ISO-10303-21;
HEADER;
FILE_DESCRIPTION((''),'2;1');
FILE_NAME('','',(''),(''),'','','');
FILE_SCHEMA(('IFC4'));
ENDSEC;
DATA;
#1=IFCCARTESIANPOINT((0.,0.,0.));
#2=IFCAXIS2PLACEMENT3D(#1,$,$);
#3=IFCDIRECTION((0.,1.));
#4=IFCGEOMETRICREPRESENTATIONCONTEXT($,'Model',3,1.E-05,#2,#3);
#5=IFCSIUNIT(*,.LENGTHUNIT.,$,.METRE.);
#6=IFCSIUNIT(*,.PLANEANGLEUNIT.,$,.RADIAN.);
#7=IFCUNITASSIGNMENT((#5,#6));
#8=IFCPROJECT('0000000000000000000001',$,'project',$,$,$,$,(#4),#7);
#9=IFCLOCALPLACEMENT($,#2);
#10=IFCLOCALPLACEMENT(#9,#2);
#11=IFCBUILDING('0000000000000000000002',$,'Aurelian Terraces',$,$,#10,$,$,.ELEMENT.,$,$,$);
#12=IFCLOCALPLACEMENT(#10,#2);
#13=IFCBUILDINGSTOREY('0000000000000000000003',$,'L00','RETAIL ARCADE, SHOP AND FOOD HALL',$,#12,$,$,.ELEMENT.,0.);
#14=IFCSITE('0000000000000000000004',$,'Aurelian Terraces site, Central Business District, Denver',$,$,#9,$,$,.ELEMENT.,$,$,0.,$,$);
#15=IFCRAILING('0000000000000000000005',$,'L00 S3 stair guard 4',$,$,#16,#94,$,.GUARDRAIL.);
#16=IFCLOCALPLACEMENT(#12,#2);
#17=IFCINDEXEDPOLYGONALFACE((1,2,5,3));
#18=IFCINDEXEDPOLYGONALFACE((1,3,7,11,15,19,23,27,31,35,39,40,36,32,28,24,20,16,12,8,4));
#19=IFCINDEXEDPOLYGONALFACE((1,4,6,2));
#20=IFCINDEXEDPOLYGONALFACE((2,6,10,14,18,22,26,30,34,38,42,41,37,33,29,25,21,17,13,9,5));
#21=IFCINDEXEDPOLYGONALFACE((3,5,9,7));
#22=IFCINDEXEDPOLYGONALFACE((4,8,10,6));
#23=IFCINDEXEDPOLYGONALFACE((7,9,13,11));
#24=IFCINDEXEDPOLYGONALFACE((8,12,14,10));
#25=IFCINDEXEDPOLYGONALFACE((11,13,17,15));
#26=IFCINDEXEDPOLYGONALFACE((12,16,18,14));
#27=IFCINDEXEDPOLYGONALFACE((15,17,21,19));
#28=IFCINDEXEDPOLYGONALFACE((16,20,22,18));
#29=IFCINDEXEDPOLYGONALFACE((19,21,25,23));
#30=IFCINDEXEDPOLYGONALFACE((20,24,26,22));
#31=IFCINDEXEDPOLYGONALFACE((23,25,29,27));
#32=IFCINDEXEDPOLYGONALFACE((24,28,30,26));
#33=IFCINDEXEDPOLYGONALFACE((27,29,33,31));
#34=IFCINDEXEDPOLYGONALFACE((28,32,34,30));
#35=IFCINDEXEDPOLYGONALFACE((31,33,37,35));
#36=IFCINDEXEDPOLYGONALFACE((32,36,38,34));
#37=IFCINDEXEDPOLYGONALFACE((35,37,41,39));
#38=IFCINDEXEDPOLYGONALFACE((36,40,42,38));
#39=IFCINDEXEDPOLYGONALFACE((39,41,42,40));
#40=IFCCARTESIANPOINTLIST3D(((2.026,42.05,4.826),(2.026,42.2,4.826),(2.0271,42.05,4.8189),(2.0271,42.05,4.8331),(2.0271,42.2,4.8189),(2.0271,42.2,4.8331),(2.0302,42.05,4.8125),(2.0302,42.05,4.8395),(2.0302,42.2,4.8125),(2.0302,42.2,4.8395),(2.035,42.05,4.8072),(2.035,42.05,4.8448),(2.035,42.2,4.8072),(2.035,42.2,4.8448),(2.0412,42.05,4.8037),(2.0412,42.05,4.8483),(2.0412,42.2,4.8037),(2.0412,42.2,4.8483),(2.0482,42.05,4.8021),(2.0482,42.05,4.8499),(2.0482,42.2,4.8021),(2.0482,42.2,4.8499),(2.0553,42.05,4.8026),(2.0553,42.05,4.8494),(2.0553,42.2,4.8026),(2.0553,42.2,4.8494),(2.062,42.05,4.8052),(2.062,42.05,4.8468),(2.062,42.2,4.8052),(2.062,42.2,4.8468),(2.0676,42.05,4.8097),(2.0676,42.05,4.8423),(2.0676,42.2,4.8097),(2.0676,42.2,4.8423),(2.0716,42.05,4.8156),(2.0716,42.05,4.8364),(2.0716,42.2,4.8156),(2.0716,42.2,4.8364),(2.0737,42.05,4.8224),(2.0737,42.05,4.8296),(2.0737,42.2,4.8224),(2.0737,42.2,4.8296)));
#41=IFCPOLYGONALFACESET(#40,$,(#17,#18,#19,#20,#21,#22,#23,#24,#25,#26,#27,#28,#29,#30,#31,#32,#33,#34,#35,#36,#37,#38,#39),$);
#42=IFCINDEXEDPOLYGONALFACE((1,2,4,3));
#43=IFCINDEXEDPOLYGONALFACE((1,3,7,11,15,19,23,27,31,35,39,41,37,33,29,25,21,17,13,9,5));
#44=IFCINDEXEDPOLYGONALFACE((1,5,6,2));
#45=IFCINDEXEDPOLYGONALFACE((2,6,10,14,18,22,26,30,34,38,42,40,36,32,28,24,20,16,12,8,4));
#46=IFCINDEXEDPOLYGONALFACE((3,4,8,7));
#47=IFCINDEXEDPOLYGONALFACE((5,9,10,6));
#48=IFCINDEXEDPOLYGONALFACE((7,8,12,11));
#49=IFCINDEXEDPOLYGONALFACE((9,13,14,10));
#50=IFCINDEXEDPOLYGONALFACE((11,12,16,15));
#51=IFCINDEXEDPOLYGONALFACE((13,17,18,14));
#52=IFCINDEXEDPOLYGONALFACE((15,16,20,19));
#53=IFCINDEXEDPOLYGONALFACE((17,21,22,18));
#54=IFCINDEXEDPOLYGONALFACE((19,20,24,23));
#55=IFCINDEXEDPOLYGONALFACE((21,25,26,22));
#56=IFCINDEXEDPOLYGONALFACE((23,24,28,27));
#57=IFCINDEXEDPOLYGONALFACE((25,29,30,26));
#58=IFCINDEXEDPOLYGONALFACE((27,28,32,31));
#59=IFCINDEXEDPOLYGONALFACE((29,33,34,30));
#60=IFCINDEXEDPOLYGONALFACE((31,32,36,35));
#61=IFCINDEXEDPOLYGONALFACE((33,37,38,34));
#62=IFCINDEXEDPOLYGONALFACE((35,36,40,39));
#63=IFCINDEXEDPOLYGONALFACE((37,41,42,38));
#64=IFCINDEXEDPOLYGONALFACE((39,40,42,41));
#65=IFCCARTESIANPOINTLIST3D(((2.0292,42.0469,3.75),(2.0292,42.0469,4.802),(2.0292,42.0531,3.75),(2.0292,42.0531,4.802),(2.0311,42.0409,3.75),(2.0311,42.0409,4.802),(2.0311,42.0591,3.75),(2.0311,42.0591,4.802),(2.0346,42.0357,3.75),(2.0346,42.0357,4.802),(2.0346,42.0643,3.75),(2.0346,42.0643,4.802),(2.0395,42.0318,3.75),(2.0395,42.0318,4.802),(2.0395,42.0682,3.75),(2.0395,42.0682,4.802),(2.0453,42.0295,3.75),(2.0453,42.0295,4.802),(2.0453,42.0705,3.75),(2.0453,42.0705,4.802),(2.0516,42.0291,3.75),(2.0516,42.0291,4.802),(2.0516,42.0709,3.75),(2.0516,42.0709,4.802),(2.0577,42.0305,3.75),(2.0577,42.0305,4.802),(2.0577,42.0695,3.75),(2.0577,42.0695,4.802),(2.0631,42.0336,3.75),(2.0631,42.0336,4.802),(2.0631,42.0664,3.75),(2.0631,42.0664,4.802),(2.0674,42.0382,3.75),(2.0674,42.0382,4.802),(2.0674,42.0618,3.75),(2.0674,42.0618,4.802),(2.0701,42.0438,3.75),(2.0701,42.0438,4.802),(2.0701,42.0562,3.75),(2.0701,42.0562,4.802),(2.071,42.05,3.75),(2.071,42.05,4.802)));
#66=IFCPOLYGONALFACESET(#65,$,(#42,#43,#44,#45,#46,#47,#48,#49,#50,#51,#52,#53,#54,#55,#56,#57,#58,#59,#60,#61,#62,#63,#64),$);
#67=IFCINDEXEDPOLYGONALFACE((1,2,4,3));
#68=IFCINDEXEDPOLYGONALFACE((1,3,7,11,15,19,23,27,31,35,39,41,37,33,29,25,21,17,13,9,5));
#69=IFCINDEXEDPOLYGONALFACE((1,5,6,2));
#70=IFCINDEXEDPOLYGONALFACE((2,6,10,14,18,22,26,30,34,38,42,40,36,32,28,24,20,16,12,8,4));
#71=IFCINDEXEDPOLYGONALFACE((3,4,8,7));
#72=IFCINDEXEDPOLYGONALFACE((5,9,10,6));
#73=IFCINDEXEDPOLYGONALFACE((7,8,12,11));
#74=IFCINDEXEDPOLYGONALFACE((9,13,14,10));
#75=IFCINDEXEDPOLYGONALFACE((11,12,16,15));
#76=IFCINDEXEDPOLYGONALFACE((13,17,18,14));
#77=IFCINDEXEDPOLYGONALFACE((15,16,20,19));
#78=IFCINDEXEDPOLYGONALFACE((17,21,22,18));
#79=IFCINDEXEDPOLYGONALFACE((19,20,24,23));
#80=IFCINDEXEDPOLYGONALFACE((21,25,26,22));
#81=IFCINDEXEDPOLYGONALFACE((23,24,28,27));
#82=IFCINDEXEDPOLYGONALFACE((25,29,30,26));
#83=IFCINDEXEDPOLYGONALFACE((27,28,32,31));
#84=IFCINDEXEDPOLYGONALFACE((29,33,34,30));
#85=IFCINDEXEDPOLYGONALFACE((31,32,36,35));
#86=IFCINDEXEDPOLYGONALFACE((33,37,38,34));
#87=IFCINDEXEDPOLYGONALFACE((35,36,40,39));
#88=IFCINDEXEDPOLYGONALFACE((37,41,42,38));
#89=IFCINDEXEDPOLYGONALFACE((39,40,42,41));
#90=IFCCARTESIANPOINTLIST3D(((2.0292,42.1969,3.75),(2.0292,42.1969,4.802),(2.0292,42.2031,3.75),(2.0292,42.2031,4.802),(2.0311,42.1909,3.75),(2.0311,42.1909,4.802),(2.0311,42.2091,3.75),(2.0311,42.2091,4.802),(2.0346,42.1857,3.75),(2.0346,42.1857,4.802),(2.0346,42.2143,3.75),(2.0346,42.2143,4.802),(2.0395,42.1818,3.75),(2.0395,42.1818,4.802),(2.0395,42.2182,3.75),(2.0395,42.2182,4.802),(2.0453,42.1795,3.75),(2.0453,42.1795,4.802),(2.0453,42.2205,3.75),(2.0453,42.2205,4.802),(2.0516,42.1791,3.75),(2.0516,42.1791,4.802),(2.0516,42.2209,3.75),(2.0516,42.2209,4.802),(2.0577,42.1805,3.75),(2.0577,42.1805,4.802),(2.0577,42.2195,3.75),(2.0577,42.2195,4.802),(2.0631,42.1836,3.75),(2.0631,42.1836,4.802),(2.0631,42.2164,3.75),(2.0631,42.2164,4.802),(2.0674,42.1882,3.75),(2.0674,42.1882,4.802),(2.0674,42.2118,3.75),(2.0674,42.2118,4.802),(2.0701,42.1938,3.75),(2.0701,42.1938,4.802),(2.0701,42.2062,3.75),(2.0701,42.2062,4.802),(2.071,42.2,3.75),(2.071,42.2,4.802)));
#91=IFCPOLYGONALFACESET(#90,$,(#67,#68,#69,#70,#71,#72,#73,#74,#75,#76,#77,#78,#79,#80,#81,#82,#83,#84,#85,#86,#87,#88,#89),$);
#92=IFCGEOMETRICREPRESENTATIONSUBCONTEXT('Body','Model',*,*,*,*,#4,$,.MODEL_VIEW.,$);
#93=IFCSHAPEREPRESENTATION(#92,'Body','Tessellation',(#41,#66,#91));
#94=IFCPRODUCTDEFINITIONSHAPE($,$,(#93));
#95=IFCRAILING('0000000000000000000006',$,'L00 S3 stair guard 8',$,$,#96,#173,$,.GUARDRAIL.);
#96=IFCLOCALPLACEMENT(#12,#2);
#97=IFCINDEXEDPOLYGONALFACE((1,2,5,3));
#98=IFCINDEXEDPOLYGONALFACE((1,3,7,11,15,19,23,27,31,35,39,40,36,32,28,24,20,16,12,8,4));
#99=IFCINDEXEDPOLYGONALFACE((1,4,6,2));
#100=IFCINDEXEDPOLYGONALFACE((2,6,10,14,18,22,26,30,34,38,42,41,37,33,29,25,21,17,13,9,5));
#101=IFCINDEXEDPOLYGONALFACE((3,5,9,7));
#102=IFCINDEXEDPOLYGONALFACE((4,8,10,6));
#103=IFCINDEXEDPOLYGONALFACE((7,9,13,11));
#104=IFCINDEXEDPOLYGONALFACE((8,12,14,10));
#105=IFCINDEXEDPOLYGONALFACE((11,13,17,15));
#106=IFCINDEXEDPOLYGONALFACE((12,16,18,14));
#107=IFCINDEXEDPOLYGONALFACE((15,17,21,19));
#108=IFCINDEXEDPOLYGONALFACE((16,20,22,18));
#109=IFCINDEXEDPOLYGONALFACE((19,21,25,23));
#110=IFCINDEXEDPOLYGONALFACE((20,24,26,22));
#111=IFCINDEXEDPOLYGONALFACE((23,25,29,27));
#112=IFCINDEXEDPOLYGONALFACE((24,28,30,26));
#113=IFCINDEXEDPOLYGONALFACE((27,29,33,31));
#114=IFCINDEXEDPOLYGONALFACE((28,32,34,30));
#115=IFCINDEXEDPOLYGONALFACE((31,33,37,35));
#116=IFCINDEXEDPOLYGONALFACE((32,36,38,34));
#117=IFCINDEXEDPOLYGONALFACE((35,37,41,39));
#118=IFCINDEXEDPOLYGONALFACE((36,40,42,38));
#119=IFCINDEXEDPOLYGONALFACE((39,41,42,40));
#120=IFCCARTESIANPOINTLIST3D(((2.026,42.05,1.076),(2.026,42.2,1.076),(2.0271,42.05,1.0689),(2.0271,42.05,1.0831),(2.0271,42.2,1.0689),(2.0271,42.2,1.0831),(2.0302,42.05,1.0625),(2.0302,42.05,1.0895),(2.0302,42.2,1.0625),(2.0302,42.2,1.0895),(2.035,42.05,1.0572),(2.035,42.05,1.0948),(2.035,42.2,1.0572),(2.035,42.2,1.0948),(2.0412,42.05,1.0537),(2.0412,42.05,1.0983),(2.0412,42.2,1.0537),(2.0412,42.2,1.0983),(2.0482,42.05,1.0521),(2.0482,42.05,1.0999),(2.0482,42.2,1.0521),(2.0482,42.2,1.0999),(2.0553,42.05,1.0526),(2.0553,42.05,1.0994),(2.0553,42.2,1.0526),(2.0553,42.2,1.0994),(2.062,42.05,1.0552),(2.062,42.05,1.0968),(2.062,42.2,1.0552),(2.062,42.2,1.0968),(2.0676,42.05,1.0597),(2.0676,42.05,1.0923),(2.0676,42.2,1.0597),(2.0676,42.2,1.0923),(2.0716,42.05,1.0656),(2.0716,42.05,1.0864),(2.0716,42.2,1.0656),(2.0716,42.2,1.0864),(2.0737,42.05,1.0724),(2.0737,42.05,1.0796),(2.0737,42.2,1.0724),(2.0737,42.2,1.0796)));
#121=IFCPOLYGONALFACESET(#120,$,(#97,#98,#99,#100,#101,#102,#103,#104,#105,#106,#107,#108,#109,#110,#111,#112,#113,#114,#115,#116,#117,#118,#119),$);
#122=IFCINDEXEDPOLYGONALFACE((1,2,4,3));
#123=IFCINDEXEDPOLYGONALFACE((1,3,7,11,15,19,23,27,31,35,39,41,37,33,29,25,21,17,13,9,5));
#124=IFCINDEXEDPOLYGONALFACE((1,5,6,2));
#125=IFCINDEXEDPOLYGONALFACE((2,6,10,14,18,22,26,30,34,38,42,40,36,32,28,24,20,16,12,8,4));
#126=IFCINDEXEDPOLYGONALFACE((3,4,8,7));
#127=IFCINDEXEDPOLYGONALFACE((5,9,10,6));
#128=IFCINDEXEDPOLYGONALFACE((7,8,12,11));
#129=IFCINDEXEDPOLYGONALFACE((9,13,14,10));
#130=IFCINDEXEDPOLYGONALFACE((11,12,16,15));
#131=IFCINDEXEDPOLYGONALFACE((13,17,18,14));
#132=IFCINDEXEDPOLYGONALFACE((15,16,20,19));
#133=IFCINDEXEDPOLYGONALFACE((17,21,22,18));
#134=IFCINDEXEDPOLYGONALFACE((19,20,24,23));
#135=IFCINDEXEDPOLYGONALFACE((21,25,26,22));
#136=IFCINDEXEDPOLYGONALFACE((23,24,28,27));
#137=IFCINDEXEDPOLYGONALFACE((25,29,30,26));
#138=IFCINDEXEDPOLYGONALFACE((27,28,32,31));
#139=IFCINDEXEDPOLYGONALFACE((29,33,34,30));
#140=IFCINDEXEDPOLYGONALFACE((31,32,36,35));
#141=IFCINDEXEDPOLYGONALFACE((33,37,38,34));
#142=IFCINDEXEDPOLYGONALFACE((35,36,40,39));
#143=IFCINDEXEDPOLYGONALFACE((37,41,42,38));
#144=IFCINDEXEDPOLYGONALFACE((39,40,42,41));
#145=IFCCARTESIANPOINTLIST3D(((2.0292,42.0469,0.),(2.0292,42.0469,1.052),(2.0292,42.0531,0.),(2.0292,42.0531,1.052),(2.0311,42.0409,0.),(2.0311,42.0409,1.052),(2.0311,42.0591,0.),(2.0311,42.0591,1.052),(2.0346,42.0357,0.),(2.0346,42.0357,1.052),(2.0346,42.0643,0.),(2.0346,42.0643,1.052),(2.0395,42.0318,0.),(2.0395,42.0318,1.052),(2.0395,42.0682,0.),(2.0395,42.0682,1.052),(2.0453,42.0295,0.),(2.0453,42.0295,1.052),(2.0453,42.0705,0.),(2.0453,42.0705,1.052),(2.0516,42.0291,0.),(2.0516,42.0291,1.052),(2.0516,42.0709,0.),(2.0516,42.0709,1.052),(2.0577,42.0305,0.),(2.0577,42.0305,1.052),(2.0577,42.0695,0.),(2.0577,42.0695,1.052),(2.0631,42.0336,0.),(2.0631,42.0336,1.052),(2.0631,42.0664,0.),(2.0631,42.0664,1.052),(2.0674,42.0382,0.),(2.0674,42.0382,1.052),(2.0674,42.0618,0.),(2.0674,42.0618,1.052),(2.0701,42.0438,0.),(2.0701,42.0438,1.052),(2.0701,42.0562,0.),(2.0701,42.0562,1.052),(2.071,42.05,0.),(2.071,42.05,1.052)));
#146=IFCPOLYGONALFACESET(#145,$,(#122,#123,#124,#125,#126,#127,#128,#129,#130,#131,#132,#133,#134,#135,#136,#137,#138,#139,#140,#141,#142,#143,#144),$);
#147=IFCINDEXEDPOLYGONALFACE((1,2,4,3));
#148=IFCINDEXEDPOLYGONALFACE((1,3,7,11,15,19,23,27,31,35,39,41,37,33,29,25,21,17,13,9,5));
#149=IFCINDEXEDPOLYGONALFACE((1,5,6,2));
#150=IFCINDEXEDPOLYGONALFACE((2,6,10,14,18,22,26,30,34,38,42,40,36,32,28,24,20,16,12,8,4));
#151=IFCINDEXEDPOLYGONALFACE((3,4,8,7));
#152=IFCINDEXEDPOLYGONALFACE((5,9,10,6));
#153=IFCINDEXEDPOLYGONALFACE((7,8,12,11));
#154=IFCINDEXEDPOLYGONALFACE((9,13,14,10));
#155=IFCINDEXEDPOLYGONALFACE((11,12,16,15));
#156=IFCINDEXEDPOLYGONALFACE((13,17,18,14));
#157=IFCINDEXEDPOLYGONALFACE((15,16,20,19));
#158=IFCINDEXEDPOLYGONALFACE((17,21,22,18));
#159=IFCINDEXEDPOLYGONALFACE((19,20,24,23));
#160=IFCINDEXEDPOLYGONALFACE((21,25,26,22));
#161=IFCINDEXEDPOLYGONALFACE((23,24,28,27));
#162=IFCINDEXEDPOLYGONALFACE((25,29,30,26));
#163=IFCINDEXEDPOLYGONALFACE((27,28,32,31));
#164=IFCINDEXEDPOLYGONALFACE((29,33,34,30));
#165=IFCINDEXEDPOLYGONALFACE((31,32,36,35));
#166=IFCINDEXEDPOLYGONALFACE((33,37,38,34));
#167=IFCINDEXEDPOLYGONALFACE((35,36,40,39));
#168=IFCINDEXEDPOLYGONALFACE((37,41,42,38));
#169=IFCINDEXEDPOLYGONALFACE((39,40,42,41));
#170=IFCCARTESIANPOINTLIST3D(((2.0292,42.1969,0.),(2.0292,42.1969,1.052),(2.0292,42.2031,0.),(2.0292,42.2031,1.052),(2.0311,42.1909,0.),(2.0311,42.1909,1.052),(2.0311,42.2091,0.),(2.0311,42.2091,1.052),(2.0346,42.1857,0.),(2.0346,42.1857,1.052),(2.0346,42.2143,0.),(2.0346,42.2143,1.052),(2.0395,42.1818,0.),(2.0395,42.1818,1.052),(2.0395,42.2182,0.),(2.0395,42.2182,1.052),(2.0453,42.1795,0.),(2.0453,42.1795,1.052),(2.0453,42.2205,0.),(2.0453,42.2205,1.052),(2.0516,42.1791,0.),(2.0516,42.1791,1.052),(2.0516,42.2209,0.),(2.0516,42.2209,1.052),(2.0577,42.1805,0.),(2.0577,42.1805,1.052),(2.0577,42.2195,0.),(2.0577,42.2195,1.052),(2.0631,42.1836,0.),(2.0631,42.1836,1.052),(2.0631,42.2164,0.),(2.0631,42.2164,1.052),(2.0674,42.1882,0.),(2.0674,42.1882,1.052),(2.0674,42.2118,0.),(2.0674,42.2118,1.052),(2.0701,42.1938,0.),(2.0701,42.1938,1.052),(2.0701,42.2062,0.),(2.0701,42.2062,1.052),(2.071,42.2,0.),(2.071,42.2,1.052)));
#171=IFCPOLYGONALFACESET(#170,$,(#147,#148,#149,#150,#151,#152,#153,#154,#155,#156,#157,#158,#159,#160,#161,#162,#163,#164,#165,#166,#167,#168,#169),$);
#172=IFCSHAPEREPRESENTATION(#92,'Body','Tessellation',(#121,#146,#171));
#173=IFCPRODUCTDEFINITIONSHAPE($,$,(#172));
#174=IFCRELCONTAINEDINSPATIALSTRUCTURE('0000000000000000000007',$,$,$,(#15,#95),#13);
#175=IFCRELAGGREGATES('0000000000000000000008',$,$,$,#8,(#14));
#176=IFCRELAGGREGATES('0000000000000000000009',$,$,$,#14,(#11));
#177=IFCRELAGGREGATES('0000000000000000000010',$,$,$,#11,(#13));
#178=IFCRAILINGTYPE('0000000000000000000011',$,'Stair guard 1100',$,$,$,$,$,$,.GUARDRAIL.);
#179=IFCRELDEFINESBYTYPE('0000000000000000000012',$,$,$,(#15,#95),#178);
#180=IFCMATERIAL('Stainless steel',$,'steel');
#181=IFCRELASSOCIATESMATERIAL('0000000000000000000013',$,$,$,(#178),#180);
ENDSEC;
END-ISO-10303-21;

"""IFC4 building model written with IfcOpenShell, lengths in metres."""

from ifc_helpers import new_model, si_unit, direction, frame, origin, origin_2d, place, context, subcontext, project, spatial, circle, extrude, source, transform, mapped, material, type_object, element, save


model = new_model("IFC4")

# Units and contexts
model_context = context("Model", 3, precision=1e-05, world=origin(), true_north=direction((0.0, 1.0)))
body_context = subcontext(model_context, "Body", "Model", "MODEL_VIEW")
ifc_project = project(units=[si_unit("LENGTHUNIT", "METRE"), si_unit("PLANEANGLEUNIT", "RADIAN")], contexts=[model_context])

# Site, building, storey
site_placement = place(None, origin())
site = spatial("IfcSite", under=ifc_project, at=site_placement, Name="Aurelian Terraces site, Central Business District, Denver", CompositionType="ELEMENT", RefElevation=0.0)
building_placement = place(site_placement, origin())
building = spatial("IfcBuilding", under=site, at=building_placement, Name="Aurelian Terraces", CompositionType="ELEMENT")
storey_placement = place(building_placement, origin())
storey = spatial("IfcBuildingStorey", under=building, at=storey_placement, Name="L00", Description="RETAIL ARCADE, SHOP AND FOOD HALL", CompositionType="ELEMENT", Elevation=0.0)

# Railings
ifc_material_1 = material(Name="Stainless steel", Category="steel")
railing_type = type_object("IfcRailingType", Name="Stair guard 1100", PredefinedType="GUARDRAIL", material=ifc_material_1)
shared_shape_1 = source(origin(), body_context, "Body", "SweptSolid", [
    extrude(circle(Radius=0.024, at=origin_2d()), frame((0.0, 0.0, 1.076), z_axis=(0.0, 1.0, 0.0), x_axis=(-1.0, 0.0, 0.0)), (0.0, 0.0, 1.0), 0.15),
    extrude(circle(Radius=0.021, at=origin_2d()), origin(), (0.0, 0.0, 1.0), 1.052),
    extrude(circle(Radius=0.021, at=origin_2d()), frame((0.0, 0.15, 0.0)), (0.0, 0.0, 1.0), 1.052),
])
for number, where, name in (
    (1, (2.05, 42.05, 3.75), "L00 S3 stair guard 4"),
    (2, (2.05, 42.05, 0.0), "L00 S3 stair guard 8"),
):
    element("IfcRailing", number, at=place(storey_placement, frame(where)), inside=storey, type_object=railing_type, Name=name, PredefinedType="GUARDRAIL", context=body_context, shape_type="MappedRepresentation", body=[
        mapped(shared_shape_1, transform((0.0, 0.0, 0.0), scale=1.0)),
    ])

save(model, "model.ifc")
